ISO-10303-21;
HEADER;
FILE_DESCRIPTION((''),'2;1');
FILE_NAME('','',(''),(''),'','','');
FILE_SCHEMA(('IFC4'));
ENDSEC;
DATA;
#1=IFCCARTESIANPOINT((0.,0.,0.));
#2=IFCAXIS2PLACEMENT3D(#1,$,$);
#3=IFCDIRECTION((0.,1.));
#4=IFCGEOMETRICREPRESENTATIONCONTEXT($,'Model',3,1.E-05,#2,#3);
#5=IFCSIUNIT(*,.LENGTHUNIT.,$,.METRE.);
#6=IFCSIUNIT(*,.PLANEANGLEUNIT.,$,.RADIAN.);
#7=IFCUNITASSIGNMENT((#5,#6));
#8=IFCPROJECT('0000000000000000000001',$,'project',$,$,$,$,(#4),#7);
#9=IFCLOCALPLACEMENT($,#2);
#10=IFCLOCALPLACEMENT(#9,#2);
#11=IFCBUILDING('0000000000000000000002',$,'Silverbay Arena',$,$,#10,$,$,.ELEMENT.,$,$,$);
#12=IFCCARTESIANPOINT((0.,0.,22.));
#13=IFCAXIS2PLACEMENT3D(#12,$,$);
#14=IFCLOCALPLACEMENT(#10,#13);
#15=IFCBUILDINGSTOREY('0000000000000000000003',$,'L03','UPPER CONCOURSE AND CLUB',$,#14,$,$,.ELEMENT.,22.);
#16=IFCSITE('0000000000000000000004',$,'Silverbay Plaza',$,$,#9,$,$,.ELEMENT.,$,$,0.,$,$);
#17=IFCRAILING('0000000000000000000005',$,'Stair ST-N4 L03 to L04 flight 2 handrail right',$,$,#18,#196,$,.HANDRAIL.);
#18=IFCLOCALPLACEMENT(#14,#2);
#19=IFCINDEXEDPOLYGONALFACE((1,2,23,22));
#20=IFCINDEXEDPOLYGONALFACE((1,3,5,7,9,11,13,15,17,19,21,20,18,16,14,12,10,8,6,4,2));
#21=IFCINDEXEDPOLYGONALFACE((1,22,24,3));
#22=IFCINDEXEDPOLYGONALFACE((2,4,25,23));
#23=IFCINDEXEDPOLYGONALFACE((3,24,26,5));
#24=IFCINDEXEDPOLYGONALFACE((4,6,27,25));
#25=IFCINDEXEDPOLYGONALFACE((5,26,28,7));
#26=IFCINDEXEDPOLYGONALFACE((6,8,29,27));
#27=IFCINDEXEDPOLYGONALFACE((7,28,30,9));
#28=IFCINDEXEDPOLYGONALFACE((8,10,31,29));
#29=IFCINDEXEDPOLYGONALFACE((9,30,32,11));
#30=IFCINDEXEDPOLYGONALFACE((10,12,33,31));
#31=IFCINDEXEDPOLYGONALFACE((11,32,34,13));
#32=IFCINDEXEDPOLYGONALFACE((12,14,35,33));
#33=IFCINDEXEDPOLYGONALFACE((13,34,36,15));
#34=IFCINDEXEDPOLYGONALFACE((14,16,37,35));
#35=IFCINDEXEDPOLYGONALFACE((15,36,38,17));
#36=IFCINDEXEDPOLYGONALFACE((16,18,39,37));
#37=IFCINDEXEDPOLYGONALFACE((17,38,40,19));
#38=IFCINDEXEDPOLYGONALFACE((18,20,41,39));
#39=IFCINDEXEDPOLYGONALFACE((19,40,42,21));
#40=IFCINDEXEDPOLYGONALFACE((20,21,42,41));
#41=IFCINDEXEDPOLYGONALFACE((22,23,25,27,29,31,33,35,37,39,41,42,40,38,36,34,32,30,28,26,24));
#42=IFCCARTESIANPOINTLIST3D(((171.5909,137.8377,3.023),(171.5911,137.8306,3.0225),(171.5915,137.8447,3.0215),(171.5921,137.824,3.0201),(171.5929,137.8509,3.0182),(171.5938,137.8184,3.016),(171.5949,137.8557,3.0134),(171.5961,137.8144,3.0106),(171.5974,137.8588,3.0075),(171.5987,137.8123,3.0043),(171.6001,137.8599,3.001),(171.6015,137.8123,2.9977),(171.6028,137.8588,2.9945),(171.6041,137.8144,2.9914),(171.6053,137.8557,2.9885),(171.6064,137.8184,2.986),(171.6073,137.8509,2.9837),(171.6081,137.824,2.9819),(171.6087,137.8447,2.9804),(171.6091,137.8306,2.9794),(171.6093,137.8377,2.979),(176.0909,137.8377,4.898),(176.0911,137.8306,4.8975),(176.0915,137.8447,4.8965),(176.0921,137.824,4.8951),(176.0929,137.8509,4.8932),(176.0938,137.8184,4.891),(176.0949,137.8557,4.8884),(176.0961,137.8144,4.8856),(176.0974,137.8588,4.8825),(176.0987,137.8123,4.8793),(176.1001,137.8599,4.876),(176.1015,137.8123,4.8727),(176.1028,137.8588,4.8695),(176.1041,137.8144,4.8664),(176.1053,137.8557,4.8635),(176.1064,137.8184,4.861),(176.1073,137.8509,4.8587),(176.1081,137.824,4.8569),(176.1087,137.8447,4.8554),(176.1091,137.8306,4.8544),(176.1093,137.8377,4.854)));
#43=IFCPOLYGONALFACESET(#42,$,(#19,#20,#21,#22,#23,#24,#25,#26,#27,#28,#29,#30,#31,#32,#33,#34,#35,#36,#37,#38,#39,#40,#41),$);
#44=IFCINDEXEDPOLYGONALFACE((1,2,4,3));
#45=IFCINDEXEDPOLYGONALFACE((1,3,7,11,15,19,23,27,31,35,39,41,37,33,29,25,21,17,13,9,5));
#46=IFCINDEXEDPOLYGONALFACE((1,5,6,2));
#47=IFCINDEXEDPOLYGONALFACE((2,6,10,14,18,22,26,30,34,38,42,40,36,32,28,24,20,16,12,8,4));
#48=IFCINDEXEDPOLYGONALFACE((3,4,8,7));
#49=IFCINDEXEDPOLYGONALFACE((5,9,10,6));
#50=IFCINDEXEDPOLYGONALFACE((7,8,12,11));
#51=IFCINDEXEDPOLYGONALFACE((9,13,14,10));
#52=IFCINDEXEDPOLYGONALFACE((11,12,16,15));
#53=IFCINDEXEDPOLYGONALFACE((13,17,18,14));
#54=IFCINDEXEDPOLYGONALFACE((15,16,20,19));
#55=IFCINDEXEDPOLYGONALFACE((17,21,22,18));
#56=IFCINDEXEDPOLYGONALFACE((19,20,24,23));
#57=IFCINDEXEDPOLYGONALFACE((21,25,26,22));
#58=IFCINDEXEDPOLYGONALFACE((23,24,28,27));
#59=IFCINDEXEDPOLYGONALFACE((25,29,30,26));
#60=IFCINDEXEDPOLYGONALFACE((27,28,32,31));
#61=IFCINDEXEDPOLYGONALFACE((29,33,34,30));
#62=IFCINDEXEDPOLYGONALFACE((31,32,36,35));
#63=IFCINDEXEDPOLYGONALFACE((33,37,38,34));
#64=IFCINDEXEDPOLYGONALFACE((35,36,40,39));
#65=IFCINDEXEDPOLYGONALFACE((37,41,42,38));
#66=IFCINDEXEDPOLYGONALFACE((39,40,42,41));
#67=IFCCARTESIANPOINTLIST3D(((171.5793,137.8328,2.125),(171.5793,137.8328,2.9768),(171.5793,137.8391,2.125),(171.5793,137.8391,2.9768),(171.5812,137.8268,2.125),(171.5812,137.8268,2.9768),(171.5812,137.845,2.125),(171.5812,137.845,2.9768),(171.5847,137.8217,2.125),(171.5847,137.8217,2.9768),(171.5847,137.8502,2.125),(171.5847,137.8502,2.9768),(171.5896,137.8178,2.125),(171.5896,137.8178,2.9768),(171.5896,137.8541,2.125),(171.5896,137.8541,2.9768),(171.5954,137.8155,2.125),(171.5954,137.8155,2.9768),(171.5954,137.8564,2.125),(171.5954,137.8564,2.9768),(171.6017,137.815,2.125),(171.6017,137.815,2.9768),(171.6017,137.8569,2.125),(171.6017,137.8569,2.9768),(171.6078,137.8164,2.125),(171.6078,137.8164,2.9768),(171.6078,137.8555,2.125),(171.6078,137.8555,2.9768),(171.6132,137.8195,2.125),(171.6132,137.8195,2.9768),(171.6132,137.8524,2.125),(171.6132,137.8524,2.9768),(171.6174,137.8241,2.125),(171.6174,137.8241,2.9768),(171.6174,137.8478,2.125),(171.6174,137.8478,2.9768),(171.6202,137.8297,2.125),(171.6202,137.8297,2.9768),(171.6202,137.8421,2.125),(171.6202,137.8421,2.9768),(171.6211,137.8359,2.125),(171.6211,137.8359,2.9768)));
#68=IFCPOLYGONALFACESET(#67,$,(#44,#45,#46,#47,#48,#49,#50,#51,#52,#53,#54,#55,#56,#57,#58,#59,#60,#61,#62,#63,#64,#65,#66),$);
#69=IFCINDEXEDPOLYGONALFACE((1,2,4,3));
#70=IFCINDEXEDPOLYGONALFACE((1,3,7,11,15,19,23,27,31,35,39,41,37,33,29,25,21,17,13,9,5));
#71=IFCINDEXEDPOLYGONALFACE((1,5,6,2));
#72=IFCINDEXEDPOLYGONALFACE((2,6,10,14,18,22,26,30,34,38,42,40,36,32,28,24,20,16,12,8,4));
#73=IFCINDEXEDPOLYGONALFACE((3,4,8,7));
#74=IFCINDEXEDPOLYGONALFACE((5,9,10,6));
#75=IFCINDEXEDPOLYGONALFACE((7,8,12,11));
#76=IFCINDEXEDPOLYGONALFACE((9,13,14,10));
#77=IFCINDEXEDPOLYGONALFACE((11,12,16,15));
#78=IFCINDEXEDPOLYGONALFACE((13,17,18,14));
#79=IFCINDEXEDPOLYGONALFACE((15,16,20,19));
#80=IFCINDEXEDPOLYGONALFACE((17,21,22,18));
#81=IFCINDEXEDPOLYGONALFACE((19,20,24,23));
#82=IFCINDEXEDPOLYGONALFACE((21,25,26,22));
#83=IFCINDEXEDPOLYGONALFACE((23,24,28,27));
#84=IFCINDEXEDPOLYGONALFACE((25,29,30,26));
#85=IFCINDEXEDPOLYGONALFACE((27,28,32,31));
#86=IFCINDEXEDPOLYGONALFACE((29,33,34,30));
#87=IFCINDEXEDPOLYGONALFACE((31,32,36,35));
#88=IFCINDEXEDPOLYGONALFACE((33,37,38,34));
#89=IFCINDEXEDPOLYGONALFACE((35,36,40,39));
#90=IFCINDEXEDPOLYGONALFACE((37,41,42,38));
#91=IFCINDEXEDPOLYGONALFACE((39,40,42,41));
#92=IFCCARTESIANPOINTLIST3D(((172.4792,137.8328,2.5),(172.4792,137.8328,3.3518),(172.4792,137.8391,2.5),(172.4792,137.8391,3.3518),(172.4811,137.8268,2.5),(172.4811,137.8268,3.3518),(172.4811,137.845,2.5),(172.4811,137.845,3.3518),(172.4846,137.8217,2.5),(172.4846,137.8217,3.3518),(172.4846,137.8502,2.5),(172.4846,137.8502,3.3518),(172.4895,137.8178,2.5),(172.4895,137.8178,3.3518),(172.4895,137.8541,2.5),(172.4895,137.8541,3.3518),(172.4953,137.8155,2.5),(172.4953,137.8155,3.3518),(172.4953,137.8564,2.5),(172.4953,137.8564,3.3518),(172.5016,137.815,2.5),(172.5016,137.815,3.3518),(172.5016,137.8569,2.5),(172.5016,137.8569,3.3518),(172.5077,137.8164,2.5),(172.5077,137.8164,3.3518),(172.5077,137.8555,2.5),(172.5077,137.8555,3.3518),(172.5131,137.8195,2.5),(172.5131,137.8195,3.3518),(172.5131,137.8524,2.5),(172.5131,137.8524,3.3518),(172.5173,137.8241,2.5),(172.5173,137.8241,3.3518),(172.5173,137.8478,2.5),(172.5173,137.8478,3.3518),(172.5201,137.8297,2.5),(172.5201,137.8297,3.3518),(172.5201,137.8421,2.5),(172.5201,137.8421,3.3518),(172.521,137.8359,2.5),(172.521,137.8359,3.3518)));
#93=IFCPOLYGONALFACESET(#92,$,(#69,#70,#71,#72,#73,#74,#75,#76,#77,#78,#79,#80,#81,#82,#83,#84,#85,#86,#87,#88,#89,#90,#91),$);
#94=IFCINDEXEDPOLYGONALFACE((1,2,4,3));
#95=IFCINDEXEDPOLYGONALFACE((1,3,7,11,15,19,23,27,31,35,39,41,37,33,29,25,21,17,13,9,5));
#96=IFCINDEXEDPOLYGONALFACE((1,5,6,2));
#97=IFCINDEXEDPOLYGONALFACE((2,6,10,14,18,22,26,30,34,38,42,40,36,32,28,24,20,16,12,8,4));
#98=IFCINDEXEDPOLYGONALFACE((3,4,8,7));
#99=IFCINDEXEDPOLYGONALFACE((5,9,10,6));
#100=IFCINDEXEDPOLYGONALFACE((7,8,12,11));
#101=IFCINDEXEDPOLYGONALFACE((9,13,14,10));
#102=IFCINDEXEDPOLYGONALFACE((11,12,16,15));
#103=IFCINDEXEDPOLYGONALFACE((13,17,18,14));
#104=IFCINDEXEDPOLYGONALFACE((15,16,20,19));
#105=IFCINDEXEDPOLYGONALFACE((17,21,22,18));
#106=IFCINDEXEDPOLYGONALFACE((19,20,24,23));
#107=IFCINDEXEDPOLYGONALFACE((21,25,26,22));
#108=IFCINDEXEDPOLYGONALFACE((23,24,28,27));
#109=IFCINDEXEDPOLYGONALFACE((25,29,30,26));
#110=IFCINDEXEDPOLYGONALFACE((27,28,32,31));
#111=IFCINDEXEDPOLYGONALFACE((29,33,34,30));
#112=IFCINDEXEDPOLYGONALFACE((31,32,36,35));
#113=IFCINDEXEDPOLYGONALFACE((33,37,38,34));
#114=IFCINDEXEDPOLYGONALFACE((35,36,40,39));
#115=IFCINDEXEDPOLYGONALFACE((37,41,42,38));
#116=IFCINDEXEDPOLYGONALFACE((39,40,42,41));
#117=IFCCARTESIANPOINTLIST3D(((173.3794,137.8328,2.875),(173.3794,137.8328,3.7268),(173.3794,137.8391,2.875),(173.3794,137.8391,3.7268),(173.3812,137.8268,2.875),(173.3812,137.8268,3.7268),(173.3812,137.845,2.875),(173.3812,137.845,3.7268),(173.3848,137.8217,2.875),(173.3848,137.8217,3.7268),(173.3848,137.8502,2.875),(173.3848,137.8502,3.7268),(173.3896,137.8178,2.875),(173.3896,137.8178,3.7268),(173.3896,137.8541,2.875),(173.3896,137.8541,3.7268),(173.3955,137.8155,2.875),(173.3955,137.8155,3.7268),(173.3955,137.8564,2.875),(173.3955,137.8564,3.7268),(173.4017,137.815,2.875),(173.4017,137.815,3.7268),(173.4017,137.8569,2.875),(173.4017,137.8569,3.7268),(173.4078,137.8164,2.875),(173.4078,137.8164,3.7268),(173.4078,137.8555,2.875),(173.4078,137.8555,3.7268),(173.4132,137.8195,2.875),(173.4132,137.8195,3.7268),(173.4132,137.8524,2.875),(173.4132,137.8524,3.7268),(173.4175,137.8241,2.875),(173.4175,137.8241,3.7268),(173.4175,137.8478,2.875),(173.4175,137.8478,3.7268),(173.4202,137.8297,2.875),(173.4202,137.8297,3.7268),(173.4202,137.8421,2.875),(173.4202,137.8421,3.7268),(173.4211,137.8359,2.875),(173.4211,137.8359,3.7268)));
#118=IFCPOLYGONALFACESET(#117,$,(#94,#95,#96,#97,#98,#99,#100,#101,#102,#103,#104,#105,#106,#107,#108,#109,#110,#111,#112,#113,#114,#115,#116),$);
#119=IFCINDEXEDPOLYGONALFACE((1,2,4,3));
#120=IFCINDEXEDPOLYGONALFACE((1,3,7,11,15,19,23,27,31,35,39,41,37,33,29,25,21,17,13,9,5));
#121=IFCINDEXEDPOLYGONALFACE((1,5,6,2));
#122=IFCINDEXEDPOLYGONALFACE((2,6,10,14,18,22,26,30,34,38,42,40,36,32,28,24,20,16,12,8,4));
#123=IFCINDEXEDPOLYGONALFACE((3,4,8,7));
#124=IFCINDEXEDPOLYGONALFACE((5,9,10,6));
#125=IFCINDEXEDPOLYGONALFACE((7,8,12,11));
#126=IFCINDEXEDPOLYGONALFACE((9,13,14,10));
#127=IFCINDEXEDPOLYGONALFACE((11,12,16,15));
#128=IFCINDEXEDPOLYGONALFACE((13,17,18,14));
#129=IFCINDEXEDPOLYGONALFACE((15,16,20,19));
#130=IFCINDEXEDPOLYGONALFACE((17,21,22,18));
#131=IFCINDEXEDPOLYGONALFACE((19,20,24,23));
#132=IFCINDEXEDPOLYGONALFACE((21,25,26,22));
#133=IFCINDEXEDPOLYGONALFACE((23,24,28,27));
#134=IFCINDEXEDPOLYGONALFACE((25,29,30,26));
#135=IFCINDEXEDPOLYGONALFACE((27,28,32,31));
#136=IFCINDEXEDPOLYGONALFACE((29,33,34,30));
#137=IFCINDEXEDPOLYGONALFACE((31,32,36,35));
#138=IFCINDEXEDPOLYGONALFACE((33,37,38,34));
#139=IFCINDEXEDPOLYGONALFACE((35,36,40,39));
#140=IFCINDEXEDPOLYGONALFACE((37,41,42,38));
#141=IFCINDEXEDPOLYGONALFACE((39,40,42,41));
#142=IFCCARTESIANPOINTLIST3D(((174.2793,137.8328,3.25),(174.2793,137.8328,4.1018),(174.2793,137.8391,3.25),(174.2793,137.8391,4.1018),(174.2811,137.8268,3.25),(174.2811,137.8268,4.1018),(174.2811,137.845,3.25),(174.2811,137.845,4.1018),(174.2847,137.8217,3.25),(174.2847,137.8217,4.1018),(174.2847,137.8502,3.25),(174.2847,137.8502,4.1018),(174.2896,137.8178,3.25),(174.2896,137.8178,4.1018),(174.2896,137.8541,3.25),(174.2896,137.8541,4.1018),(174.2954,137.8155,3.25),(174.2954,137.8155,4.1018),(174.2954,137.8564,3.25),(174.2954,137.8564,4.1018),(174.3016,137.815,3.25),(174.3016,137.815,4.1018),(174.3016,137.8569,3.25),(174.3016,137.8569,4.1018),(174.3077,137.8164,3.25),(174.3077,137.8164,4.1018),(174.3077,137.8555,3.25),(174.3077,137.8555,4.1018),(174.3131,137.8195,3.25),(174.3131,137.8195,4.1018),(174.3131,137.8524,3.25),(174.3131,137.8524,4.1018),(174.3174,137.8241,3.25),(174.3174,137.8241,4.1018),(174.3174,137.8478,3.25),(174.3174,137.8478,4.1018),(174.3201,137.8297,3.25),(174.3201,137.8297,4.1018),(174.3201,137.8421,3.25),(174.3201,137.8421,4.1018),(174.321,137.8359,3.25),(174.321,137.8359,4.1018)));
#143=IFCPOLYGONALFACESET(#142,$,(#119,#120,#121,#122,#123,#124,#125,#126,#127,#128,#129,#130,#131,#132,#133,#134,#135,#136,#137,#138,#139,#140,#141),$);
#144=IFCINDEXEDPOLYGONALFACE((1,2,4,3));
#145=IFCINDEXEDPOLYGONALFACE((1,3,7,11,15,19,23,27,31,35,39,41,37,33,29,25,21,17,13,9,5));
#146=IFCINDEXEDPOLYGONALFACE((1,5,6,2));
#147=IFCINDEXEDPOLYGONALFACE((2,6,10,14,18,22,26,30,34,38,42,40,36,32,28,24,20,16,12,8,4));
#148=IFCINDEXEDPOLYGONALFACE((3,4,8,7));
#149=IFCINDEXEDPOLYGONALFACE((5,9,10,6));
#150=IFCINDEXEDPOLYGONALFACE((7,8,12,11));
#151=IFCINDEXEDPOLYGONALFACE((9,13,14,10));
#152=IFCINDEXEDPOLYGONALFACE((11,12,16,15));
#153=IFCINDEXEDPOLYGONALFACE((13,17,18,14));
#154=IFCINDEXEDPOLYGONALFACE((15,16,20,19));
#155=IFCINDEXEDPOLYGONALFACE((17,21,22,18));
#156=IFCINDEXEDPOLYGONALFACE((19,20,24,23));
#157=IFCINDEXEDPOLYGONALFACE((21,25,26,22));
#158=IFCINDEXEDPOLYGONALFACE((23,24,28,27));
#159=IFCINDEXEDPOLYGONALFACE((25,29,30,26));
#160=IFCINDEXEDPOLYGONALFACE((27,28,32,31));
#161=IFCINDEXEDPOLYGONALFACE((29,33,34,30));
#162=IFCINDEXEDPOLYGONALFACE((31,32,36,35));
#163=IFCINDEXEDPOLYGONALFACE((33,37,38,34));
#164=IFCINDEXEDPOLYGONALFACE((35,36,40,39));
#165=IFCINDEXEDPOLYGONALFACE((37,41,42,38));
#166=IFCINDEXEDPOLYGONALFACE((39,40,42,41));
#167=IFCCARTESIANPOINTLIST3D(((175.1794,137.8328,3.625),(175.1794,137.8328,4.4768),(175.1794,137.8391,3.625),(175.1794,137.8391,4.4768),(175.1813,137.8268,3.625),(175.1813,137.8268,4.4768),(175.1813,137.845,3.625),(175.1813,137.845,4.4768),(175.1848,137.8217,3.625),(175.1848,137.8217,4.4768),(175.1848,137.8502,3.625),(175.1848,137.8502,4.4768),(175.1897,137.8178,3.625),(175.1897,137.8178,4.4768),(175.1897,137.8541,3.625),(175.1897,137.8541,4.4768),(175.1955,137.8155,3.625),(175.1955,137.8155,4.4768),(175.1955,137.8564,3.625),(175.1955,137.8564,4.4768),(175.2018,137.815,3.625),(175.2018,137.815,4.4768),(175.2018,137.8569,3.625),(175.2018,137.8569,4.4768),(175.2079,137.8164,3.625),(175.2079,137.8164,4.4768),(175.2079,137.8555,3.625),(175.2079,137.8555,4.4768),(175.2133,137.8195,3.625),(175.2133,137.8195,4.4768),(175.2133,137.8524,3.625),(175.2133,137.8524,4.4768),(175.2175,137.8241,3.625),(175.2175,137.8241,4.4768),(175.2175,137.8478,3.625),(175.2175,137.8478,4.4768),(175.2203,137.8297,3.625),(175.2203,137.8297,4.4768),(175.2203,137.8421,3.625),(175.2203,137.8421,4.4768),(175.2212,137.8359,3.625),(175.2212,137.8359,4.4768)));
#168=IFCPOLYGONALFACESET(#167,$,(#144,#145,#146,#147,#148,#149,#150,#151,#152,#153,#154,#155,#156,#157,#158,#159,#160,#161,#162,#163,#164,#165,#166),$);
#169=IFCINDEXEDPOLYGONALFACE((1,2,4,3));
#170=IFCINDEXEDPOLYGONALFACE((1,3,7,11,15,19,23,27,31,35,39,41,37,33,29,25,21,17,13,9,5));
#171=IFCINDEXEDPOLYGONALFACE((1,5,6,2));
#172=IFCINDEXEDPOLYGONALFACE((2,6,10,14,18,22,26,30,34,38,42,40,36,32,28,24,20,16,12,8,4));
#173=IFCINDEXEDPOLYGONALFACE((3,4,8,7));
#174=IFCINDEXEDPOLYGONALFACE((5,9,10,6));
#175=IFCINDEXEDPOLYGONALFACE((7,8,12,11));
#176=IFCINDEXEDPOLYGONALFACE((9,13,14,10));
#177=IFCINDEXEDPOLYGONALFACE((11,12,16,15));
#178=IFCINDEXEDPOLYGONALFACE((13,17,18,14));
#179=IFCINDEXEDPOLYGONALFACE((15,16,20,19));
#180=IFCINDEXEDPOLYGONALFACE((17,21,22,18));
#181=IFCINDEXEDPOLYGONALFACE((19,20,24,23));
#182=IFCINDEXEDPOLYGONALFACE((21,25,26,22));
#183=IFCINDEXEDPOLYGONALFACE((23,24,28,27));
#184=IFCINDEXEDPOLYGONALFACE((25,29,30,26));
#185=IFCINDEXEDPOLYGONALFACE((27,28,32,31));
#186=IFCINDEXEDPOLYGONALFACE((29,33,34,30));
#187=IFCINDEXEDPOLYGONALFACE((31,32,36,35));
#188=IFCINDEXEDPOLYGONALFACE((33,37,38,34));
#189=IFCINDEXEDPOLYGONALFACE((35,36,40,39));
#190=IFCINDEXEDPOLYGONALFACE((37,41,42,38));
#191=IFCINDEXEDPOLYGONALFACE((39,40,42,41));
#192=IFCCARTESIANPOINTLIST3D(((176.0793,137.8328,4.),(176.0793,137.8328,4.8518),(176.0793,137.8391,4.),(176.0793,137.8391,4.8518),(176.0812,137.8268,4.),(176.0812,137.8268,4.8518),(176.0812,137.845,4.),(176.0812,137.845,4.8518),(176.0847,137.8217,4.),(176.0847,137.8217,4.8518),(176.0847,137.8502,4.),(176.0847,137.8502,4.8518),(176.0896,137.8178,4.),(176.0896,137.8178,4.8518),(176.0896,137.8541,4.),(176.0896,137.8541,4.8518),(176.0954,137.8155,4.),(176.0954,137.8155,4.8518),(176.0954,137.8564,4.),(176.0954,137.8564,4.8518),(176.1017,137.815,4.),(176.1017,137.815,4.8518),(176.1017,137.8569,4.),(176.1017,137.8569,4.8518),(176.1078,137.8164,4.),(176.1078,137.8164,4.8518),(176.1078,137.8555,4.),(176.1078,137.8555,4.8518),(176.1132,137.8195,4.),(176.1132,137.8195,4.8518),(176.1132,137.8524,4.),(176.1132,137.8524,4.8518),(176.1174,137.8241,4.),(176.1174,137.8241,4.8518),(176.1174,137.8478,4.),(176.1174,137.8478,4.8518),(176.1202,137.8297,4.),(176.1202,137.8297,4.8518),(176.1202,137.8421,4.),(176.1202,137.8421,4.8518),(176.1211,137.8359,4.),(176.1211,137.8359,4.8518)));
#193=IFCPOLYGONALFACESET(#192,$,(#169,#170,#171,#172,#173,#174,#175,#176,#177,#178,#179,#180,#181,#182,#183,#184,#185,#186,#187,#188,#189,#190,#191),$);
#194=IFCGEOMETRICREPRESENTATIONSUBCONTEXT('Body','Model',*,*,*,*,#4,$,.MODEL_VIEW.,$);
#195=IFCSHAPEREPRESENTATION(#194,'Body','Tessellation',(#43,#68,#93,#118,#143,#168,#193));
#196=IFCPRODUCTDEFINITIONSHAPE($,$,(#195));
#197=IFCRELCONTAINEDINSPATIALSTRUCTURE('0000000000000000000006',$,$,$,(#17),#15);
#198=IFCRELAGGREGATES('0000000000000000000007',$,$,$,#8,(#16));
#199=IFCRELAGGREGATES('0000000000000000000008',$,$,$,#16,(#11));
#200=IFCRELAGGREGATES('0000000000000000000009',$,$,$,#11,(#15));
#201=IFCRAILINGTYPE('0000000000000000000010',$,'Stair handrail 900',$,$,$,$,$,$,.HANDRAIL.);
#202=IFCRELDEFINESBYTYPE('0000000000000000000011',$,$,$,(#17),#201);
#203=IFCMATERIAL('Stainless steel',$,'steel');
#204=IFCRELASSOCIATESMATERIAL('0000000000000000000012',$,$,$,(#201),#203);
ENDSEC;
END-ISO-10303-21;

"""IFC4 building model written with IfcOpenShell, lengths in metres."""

from ifc_helpers import new_model, si_unit, direction, frame, origin, origin_2d, place, context, subcontext, project, spatial, circle, extrude, material, type_object, element, save


model = new_model("IFC4")

# Units and contexts
model_context = context("Model", 3, precision=1e-05, world=origin(), true_north=direction((0.0, 1.0)))
body_context = subcontext(model_context, "Body", "Model", "MODEL_VIEW")
ifc_project = project(units=[si_unit("LENGTHUNIT", "METRE"), si_unit("PLANEANGLEUNIT", "RADIAN")], contexts=[model_context])

# Site, building, storey
site_placement = place(None, origin())
site = spatial("IfcSite", under=ifc_project, at=site_placement, Name="Silverbay Plaza", CompositionType="ELEMENT", RefElevation=0.0)
building_placement = place(site_placement, origin())
building = spatial("IfcBuilding", under=site, at=building_placement, Name="Silverbay Arena", CompositionType="ELEMENT")
storey_placement = place(building_placement, frame((0.0, 0.0, 22.0)))
storey = spatial("IfcBuildingStorey", under=building, at=storey_placement, Name="L03", Description="UPPER CONCOURSE AND CLUB", CompositionType="ELEMENT", Elevation=22.0)

# Railing
ifc_material_1 = material(Name="Stainless steel", Category="steel")
railing_type_1 = type_object("IfcRailingType", Name="Stair handrail 900", PredefinedType="HANDRAIL", material=ifc_material_1)
for number, where, name in (
    (1, (171.6001, 137.8359, 2.125), "Stair ST-N4 L03 to L04 flight 2 handrail right"),
):
    element("IfcRailing", number, at=place(storey_placement, frame(where)), inside=storey, type_object=railing_type_1, Name=name, PredefinedType="HANDRAIL", context=body_context, shape_type="SweptSolid", body=[
        extrude(circle(Radius=0.0239, at=origin_2d()), frame((0.0, 0.0, 0.876), z_axis=(0.923077, 0.0, 0.384615), x_axis=(0.0, 1.0, 0.0)), (0.0, 0.0, 1.0), 4.875),
        extrude(circle(Radius=0.021, at=origin_2d()), origin(), (0.0, 0.0, 1.0), 0.8518),
        extrude(circle(Radius=0.021, at=origin_2d()), frame((0.8999, 0.0, 0.375)), (0.0, 0.0, 1.0), 0.8518),
        extrude(circle(Radius=0.021, at=origin_2d()), frame((1.8, 0.0, 0.75)), (0.0, 0.0, 1.0), 0.8518),
        extrude(circle(Radius=0.021, at=origin_2d()), frame((2.7, 0.0, 1.125)), (0.0, 0.0, 1.0), 0.8518),
        extrude(circle(Radius=0.021, at=origin_2d()), frame((3.6001, 0.0, 1.5)), (0.0, 0.0, 1.0), 0.8518),
        extrude(circle(Radius=0.021, at=origin_2d()), frame((4.5, 0.0, 1.875)), (0.0, 0.0, 1.0), 0.8518),
    ])

save(model, "model.ifc")
